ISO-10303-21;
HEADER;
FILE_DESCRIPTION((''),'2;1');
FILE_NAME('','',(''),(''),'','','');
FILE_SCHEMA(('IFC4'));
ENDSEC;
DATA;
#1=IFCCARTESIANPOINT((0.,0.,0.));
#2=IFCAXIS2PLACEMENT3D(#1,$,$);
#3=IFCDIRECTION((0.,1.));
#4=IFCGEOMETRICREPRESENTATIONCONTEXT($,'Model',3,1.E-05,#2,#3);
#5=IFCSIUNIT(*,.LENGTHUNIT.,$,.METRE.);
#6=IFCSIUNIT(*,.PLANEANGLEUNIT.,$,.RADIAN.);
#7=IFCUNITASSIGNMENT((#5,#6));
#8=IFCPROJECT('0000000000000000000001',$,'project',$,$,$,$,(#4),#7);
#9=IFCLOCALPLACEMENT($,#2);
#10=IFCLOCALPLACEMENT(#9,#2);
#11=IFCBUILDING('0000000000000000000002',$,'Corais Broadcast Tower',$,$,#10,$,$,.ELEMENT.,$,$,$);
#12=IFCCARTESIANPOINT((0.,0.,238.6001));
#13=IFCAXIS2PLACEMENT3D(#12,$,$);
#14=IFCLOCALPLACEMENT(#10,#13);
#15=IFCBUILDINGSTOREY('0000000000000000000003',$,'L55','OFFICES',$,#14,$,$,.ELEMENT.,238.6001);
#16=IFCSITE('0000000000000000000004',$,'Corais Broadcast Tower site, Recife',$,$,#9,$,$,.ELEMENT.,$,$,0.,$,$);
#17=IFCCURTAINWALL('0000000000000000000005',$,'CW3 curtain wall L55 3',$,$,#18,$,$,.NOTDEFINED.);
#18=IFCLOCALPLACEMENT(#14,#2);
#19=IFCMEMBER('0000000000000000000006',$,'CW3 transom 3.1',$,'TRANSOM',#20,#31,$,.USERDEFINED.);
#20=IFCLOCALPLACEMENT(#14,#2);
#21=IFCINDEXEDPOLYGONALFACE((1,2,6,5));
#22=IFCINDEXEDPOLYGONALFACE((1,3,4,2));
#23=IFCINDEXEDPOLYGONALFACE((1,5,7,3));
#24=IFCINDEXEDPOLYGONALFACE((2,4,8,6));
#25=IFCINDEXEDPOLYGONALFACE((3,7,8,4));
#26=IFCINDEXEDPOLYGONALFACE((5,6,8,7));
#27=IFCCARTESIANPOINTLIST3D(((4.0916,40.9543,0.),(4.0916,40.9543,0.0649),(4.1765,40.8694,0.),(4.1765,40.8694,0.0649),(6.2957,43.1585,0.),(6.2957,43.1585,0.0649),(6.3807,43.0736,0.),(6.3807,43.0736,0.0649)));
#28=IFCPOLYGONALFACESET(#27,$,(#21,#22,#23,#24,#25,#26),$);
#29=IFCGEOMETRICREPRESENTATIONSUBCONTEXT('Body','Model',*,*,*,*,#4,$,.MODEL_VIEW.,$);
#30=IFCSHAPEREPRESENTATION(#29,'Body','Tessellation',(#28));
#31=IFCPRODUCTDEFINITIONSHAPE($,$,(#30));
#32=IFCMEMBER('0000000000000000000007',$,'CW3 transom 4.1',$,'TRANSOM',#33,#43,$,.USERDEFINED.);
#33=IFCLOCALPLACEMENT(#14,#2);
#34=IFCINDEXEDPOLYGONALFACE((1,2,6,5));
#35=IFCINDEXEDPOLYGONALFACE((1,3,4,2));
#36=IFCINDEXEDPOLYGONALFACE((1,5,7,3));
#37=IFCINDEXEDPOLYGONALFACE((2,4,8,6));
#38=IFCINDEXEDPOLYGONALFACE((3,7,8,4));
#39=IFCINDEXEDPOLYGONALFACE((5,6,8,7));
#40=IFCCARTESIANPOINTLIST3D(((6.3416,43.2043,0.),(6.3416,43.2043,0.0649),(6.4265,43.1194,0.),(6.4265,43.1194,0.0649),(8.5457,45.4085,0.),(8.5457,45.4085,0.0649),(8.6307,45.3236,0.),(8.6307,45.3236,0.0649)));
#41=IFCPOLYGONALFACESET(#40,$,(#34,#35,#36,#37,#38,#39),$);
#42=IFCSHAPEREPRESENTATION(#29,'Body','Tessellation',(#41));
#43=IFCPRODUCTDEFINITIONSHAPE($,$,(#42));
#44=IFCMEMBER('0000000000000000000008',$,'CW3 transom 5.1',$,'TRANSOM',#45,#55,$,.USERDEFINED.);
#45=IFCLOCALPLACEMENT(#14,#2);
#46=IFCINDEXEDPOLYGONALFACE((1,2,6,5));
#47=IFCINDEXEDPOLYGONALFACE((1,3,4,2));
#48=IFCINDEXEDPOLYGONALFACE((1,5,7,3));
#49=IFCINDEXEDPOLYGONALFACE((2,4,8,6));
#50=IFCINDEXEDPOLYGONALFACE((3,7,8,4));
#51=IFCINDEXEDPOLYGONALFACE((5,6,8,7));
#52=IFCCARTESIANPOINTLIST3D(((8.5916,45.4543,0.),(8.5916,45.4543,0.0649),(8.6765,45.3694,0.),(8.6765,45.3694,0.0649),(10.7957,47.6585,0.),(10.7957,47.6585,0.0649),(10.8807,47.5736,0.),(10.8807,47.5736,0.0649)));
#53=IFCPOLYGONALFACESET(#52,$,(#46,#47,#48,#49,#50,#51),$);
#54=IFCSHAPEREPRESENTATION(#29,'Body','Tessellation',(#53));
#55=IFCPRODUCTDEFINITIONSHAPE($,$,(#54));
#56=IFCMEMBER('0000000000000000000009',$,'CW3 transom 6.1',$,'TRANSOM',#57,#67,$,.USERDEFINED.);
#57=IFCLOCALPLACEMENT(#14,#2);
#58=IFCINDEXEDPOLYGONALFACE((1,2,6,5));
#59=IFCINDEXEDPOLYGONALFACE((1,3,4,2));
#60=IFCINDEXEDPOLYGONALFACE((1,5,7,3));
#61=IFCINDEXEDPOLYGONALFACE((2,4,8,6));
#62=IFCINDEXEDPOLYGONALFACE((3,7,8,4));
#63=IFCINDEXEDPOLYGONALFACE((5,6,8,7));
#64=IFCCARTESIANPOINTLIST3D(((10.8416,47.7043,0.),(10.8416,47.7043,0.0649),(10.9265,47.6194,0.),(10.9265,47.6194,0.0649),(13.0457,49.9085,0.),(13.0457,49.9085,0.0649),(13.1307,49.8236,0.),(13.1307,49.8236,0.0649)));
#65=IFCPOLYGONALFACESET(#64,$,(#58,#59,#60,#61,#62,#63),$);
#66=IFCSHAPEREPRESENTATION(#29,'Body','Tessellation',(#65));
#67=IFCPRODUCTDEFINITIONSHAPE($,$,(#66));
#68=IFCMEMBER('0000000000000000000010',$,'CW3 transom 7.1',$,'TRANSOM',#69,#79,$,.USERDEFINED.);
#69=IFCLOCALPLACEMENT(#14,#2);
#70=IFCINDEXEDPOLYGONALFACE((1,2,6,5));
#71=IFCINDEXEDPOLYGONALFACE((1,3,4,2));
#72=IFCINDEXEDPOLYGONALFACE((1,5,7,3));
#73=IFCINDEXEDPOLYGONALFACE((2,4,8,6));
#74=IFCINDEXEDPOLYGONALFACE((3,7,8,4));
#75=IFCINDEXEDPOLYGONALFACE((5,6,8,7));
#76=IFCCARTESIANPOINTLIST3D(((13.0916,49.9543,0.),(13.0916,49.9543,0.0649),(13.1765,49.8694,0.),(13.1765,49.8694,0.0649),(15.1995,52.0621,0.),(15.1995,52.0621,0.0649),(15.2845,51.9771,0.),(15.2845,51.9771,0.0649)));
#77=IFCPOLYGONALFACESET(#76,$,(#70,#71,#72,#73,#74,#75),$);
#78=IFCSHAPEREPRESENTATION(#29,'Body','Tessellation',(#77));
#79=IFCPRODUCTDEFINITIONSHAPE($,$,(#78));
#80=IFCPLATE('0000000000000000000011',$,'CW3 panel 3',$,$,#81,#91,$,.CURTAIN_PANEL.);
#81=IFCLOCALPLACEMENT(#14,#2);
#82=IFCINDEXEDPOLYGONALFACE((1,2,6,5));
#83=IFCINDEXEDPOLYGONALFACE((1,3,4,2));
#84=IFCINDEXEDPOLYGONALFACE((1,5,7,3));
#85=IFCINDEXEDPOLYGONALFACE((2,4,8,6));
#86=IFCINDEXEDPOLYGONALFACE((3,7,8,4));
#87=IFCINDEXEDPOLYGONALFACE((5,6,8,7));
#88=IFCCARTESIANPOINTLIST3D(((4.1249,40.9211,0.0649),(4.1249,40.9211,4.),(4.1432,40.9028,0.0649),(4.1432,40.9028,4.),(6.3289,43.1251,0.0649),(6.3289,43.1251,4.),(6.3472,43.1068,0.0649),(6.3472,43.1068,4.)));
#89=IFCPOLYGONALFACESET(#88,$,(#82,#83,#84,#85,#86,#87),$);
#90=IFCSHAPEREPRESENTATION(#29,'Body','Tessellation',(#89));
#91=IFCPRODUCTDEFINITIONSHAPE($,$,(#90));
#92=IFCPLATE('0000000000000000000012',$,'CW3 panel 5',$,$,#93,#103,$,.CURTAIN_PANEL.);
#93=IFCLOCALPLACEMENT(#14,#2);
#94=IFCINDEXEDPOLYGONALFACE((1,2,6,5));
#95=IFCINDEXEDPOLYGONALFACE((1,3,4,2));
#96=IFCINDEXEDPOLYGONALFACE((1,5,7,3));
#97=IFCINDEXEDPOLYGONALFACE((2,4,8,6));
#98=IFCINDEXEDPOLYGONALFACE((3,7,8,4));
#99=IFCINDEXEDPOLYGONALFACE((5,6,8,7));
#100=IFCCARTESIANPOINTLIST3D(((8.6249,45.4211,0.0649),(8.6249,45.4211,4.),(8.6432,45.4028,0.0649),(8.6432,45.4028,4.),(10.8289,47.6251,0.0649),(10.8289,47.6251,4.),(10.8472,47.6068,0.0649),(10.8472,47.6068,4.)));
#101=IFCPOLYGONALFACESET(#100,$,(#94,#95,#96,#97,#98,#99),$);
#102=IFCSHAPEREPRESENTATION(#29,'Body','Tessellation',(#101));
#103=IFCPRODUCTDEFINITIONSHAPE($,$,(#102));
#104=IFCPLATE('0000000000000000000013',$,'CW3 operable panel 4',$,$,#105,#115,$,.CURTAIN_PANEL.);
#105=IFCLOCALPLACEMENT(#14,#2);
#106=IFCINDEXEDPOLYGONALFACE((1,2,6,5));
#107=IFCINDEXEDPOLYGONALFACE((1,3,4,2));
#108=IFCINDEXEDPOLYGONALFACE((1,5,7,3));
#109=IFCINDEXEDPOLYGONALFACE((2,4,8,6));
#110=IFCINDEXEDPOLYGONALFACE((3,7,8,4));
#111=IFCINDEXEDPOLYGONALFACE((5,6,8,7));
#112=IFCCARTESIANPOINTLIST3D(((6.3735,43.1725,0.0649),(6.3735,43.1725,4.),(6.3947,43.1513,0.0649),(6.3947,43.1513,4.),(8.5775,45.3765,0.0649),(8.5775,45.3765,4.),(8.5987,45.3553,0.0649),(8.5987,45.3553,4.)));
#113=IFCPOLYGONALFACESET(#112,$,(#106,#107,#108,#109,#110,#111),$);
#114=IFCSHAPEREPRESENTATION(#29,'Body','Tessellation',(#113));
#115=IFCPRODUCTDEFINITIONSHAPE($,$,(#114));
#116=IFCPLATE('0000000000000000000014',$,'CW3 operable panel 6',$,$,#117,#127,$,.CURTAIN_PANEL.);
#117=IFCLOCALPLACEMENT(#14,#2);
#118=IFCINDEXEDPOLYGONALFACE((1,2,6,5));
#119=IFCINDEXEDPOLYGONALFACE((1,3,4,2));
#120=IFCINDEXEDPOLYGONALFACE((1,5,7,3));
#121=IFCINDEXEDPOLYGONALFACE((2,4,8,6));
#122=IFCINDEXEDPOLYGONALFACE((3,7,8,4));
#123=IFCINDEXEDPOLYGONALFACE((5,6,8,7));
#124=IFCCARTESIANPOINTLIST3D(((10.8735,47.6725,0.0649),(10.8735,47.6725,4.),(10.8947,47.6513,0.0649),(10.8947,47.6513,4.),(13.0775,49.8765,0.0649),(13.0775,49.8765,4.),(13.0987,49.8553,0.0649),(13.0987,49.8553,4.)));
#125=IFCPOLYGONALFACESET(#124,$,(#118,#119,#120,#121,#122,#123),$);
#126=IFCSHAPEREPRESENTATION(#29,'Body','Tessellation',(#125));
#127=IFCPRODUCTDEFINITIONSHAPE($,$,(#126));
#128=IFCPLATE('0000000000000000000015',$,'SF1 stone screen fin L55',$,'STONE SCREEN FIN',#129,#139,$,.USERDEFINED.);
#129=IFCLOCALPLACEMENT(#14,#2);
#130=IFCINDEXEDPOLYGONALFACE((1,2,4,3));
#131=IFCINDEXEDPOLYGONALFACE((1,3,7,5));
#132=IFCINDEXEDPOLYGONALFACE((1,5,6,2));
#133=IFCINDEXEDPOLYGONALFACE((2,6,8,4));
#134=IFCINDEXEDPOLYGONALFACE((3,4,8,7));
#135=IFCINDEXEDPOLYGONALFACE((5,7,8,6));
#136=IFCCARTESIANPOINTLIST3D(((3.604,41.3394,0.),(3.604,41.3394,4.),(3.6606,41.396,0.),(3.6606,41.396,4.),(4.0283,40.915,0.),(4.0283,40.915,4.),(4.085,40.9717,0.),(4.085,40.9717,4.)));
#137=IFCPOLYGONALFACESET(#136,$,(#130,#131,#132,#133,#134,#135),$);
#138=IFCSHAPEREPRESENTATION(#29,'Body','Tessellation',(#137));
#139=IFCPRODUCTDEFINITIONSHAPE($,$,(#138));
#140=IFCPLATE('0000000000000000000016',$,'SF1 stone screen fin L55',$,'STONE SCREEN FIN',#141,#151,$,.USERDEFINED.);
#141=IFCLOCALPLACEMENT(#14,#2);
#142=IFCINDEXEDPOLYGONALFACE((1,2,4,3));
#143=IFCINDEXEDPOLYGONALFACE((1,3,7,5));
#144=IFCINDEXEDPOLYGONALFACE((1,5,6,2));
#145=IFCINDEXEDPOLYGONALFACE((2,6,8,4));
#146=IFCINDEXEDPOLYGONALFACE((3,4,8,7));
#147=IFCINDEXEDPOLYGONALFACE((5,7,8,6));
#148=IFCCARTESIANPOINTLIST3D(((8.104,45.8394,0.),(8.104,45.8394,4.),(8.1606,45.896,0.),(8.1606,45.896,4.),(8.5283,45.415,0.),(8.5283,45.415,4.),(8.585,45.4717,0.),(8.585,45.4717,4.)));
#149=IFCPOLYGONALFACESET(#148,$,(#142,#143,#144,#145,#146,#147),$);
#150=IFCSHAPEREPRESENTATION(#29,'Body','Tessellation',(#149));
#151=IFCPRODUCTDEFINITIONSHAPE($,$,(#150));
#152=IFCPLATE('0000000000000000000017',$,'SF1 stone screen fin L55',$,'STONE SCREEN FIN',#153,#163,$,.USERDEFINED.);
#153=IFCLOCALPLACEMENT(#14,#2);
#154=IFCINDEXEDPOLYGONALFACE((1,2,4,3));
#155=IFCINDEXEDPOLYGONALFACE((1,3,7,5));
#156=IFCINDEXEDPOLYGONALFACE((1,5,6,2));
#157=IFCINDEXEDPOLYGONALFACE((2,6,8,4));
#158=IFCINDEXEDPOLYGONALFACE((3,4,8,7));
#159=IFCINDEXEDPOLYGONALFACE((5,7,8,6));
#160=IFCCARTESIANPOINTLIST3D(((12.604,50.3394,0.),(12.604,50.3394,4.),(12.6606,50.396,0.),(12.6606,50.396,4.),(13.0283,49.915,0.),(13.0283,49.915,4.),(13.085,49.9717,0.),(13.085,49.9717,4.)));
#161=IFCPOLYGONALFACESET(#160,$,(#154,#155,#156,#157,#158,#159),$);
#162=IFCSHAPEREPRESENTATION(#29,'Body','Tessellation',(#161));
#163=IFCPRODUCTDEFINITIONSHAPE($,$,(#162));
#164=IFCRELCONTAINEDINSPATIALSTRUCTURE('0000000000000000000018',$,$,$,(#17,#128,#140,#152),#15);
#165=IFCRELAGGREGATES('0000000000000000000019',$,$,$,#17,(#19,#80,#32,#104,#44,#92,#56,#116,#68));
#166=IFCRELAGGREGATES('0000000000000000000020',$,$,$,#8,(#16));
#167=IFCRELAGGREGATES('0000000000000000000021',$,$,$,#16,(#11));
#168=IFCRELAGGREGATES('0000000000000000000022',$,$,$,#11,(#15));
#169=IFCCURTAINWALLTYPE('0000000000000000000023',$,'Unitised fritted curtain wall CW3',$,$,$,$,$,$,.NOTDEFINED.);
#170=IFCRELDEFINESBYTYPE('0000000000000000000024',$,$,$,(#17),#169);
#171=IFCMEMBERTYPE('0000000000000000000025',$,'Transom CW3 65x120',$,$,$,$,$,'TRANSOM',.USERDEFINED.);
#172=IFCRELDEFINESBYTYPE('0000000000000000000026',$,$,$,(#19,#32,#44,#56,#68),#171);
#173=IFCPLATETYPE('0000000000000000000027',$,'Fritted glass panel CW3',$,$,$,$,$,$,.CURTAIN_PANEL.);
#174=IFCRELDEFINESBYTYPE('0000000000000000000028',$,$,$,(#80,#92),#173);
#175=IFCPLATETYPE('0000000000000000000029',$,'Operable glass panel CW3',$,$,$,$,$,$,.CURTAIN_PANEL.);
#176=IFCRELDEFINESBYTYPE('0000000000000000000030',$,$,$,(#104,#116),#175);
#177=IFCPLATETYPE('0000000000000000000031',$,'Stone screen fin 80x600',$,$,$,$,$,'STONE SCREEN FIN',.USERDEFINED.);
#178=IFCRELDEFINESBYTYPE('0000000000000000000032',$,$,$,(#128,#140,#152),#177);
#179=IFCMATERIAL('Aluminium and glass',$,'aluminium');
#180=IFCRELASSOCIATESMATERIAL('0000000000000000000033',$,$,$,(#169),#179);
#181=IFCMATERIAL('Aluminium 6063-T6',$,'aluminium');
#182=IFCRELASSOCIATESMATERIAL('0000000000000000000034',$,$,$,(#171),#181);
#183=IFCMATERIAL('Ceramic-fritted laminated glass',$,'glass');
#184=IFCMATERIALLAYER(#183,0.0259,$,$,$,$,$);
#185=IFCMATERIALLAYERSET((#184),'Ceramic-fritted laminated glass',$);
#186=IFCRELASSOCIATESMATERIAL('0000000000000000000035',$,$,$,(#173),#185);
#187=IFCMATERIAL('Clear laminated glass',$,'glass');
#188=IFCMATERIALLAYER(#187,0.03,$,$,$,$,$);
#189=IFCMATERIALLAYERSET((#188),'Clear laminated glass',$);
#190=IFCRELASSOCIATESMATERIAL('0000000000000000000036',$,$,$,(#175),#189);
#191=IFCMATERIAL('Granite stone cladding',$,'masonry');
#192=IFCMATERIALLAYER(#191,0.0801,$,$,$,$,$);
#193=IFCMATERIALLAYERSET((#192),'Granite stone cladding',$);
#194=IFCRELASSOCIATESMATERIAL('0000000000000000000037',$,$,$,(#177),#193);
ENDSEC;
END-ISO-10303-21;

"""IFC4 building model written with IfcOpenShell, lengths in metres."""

from ifc_helpers import new_model, si_unit, direction, frame, origin, origin_2d, place, context, subcontext, project, spatial, rectangle, extrude, material, layer, layer_set, material_profile, profile_set, type_object, element, aggregate, save


model = new_model("IFC4")

# Units and contexts
model_context = context("Model", 3, precision=1e-05, world=origin(), true_north=direction((0.0, 1.0)))
body_context = subcontext(model_context, "Body", "Model", "MODEL_VIEW")
ifc_project = project(units=[si_unit("LENGTHUNIT", "METRE"), si_unit("PLANEANGLEUNIT", "RADIAN")], contexts=[model_context])

# Site, building, storey
site_placement = place(None, origin())
site = spatial("IfcSite", under=ifc_project, at=site_placement, Name="Corais Broadcast Tower site, Recife", CompositionType="ELEMENT", RefElevation=0.0)
building_placement = place(site_placement, origin())
building = spatial("IfcBuilding", under=site, at=building_placement, Name="Corais Broadcast Tower", CompositionType="ELEMENT")
storey_placement = place(building_placement, frame((0.0, 0.0, 238.6001)))
storey = spatial("IfcBuildingStorey", under=building, at=storey_placement, Name="L55", Description="OFFICES", CompositionType="ELEMENT", Elevation=238.6001)

# Curtain wall
ifc_material_1 = material(Name="Aluminium and glass", Category="aluminium")
curtain_wall_type = type_object("IfcCurtainWallType", Name="Unitised fritted curtain wall CW3", PredefinedType="NOTDEFINED", material=ifc_material_1)
curtain_wall_placement = place(storey_placement, origin())
curtain_wall = element("IfcCurtainWall", 1, at=curtain_wall_placement, inside=storey, type_object=curtain_wall_type, Name="CW3 curtain wall L55 3", PredefinedType="NOTDEFINED")

# Members
ifc_material_2 = material(Name="Aluminium 6063-T6", Category="aluminium")
ifc_material_profile_1 = material_profile(ifc_material_2, rectangle(XDim=0.1201, YDim=0.0649, at=origin_2d()), Name="Transom CW3 65x120")
ifc_profile_set_1 = profile_set([ifc_material_profile_1], Name="Aluminium 6063-T6")
member_type_1 = type_object("IfcMemberType", Name="Transom CW3 65x120", ElementType="TRANSOM", PredefinedType="USERDEFINED", material=ifc_profile_set_1)
member_1_placement = place(storey_placement, frame((4.134, 40.9119, 0.0325), z_axis=(0.707107, 0.707107, 0.0), x_axis=(-0.707107, 0.707107, 0.0)))
member_1 = element("IfcMember", 2, at=member_1_placement, type_object=member_type_1, Name="CW3 transom 3.1", ObjectType="TRANSOM", PredefinedType="USERDEFINED", context=body_context, shape_type="SweptSolid", body=[
    extrude(rectangle(XDim=0.1201, YDim=0.0649, at=origin_2d()), origin(), (0.0, 0.0, 1.0), 3.1172),
])
member_2_placement = place(storey_placement, frame((6.384, 43.1619, 0.0325), z_axis=(0.707107, 0.707107, 0.0), x_axis=(-0.707107, 0.707107, 0.0)))
member_2 = element("IfcMember", 3, at=member_2_placement, type_object=member_type_1, Name="CW3 transom 4.1", ObjectType="TRANSOM", PredefinedType="USERDEFINED", context=body_context, shape_type="SweptSolid", body=[
    extrude(rectangle(XDim=0.1201, YDim=0.0649, at=origin_2d()), origin(), (0.0, 0.0, 1.0), 3.1172),
])
member_3_placement = place(storey_placement, frame((8.634, 45.4119, 0.0325), z_axis=(0.707107, 0.707107, 0.0), x_axis=(-0.707107, 0.707107, 0.0)))
member_3 = element("IfcMember", 4, at=member_3_placement, type_object=member_type_1, Name="CW3 transom 5.1", ObjectType="TRANSOM", PredefinedType="USERDEFINED", context=body_context, shape_type="SweptSolid", body=[
    extrude(rectangle(XDim=0.1201, YDim=0.0649, at=origin_2d()), origin(), (0.0, 0.0, 1.0), 3.1172),
])
member_4_placement = place(storey_placement, frame((10.884, 47.6619, 0.0325), z_axis=(0.707107, 0.707107, 0.0), x_axis=(-0.707107, 0.707107, 0.0)))
member_4 = element("IfcMember", 5, at=member_4_placement, type_object=member_type_1, Name="CW3 transom 6.1", ObjectType="TRANSOM", PredefinedType="USERDEFINED", context=body_context, shape_type="SweptSolid", body=[
    extrude(rectangle(XDim=0.1201, YDim=0.0649, at=origin_2d()), origin(), (0.0, 0.0, 1.0), 3.1172),
])
member_5_placement = place(storey_placement, frame((13.134, 49.9119, 0.0325), z_axis=(0.707148, 0.707066, 0.0), x_axis=(-0.707066, 0.707148, 0.0)))
member_5 = element("IfcMember", 6, at=member_5_placement, type_object=member_type_1, Name="CW3 transom 7.1", ObjectType="TRANSOM", PredefinedType="USERDEFINED", context=body_context, shape_type="SweptSolid", body=[
    extrude(rectangle(XDim=0.1201, YDim=0.0649, at=origin_2d()), origin(), (0.0, 0.0, 1.0), 2.981),
])

# Plates
ifc_material_3 = material(Name="Ceramic-fritted laminated glass", Category="glass")
ifc_layer_1 = layer(ifc_material_3, 0.0259)
ifc_layer_set_1 = layer_set([ifc_layer_1], Name="Ceramic-fritted laminated glass")
plate_type_1 = type_object("IfcPlateType", Name="Fritted glass panel CW3", PredefinedType="CURTAIN_PANEL", material=ifc_layer_set_1)
plate_1_placement = place(storey_placement, frame((5.2361, 42.0139, 0.0649), z_axis=(0.0, 0.0, 1.0), x_axis=(0.707107, 0.707107, 0.0)))
plate_1 = element("IfcPlate", 7, at=plate_1_placement, type_object=plate_type_1, Name="CW3 panel 3", PredefinedType="CURTAIN_PANEL", context=body_context, shape_type="SweptSolid", body=[
    extrude(rectangle(XDim=3.1169, YDim=0.0259, at=origin_2d()), origin(), (0.0, 0.0, 1.0), 3.9351),
])
plate_2_placement = place(storey_placement, frame((9.7361, 46.5139, 0.0649), z_axis=(0.0, 0.0, 1.0), x_axis=(0.707107, 0.707107, 0.0)))
plate_2 = element("IfcPlate", 8, at=plate_2_placement, type_object=plate_type_1, Name="CW3 panel 5", PredefinedType="CURTAIN_PANEL", context=body_context, shape_type="SweptSolid", body=[
    extrude(rectangle(XDim=3.1169, YDim=0.0259, at=origin_2d()), origin(), (0.0, 0.0, 1.0), 3.9351),
])
ifc_material_4 = material(Name="Clear laminated glass", Category="glass")
ifc_layer_2 = layer(ifc_material_4, 0.03)
ifc_layer_set_2 = layer_set([ifc_layer_2], Name="Clear laminated glass")
plate_type_2 = type_object("IfcPlateType", Name="Operable glass panel CW3", PredefinedType="CURTAIN_PANEL", material=ifc_layer_set_2)
plate_3_placement = place(storey_placement, frame((7.4861, 44.2639, 0.0649), z_axis=(0.0, 0.0, 1.0), x_axis=(0.707107, 0.707107, 0.0)))
plate_3 = element("IfcPlate", 9, at=plate_3_placement, type_object=plate_type_2, Name="CW3 operable panel 4", PredefinedType="CURTAIN_PANEL", context=body_context, shape_type="SweptSolid", body=[
    extrude(rectangle(XDim=3.1169, YDim=0.03, at=origin_2d()), origin(), (0.0, 0.0, 1.0), 3.9351),
])
plate_4_placement = place(storey_placement, frame((11.9861, 48.7639, 0.0649), z_axis=(0.0, 0.0, 1.0), x_axis=(0.707107, 0.707107, 0.0)))
plate_4 = element("IfcPlate", 10, at=plate_4_placement, type_object=plate_type_2, Name="CW3 operable panel 6", PredefinedType="CURTAIN_PANEL", context=body_context, shape_type="SweptSolid", body=[
    extrude(rectangle(XDim=3.1169, YDim=0.03, at=origin_2d()), origin(), (0.0, 0.0, 1.0), 3.9351),
])
aggregate(curtain_wall, [member_1, plate_1, member_2, plate_3, member_3, plate_2, member_4, plate_4, member_5])

# Plates
ifc_material_5 = material(Name="Granite stone cladding", Category="masonry")
ifc_layer_3 = layer(ifc_material_5, 0.0801)
ifc_layer_set_3 = layer_set([ifc_layer_3], Name="Granite stone cladding")
plate_type_3 = type_object("IfcPlateType", Name="Stone screen fin 80x600", ElementType="STONE SCREEN FIN", PredefinedType="USERDEFINED", material=ifc_layer_set_3)
for number, where, z_axis, x_axis, name in (
    (11, (3.8445, 41.1555, 0.0), (0.0, 0.0, 1.0), (0.707107, 0.707107, 0.0), "SF1 stone screen fin L55"),
    (12, (8.3445, 45.6555, 0.0), (0.0, 0.0, 1.0), (0.707107, 0.707107, 0.0), "SF1 stone screen fin L55"),
    (13, (12.8445, 50.1555, 0.0), (0.0, 0.0, 1.0), (0.707107, 0.707107, 0.0), "SF1 stone screen fin L55"),
):
    element("IfcPlate", number, at=place(storey_placement, frame(where, z_axis=z_axis, x_axis=x_axis)), inside=storey, type_object=plate_type_3, Name=name, ObjectType="STONE SCREEN FIN", PredefinedType="USERDEFINED", context=body_context, shape_type="SweptSolid", body=[
        extrude(rectangle(XDim=0.0801, YDim=0.6001, at=origin_2d()), origin(), (0.0, 0.0, 1.0), 4.0),
    ])

save(model, "model.ifc")
